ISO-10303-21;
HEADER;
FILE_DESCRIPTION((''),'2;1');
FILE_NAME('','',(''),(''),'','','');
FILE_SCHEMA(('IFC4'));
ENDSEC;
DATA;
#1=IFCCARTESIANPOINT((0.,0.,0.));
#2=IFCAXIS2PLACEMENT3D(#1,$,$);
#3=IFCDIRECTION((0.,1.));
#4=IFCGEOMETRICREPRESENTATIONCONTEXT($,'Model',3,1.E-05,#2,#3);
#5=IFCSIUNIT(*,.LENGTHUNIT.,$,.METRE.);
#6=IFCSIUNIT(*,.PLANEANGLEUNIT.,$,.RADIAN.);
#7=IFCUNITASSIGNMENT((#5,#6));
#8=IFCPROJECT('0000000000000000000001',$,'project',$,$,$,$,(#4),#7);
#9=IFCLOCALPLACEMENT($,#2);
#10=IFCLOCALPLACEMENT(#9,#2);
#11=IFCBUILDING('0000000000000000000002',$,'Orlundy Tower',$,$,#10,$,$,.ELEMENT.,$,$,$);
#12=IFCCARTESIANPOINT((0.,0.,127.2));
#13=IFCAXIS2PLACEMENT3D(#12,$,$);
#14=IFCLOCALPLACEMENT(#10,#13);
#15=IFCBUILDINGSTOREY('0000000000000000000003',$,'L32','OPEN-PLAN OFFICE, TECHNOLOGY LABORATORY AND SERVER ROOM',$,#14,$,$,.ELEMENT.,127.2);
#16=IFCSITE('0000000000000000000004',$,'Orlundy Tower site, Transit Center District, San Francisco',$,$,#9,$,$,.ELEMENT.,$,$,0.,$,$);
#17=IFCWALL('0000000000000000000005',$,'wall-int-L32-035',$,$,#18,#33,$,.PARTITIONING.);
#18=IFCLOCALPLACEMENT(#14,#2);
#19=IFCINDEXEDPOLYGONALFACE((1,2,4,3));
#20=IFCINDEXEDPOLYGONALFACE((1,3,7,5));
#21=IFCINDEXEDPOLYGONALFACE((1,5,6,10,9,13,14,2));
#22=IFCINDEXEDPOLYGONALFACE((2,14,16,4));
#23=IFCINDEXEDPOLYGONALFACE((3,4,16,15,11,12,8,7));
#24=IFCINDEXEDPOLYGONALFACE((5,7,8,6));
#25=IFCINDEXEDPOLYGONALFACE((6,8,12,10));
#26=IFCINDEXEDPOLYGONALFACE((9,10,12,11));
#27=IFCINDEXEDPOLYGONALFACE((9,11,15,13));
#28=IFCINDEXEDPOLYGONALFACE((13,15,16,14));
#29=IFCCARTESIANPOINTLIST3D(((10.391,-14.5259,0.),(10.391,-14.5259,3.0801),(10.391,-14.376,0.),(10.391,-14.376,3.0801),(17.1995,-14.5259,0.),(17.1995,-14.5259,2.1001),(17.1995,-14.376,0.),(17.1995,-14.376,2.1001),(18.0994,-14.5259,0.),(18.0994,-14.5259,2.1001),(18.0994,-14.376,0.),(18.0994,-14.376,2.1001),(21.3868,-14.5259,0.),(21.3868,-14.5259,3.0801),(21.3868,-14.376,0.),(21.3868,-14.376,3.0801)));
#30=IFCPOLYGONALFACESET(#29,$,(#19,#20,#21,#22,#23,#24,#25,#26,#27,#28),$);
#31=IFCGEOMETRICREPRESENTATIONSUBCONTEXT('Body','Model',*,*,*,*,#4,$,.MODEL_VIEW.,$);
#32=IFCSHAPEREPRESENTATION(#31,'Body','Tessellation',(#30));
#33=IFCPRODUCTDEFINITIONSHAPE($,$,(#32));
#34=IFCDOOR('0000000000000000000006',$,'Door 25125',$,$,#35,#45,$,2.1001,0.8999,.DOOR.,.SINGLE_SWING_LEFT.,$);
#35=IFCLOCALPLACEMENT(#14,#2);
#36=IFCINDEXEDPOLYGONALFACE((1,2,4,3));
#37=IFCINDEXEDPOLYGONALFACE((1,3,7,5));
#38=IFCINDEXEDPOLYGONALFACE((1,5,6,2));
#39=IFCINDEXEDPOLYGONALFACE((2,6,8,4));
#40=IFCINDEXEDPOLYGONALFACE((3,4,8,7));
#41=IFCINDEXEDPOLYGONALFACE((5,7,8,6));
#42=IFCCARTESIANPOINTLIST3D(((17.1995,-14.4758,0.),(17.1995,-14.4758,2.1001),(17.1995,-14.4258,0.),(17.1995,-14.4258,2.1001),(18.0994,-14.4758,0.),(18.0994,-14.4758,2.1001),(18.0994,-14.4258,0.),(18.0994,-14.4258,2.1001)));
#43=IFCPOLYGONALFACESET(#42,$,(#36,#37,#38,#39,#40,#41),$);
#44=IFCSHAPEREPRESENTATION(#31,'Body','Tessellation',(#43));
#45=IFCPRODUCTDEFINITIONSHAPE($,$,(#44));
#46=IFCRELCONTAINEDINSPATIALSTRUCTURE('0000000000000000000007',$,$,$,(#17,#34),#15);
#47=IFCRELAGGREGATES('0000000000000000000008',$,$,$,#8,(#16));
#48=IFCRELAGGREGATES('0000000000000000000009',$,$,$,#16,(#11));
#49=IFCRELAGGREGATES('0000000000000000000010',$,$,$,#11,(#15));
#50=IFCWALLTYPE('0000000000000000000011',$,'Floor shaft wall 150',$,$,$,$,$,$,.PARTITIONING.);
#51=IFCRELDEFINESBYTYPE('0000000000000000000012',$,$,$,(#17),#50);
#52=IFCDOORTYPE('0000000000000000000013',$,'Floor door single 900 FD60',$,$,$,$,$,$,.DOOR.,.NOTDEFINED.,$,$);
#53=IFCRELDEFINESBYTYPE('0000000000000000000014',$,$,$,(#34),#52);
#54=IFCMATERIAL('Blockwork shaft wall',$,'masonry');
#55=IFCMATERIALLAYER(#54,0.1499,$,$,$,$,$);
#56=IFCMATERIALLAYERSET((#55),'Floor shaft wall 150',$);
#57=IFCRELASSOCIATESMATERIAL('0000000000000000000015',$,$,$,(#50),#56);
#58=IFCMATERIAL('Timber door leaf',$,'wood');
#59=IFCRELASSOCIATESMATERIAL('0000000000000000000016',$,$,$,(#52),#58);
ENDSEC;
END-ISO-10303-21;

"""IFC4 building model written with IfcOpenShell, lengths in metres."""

from ifc_helpers import new_model, si_unit, direction, frame, frame_2d, origin, place, context, subcontext, project, spatial, rectangle, extrude, material, layer, layer_set, type_object, element, fill, save


model = new_model("IFC4")

# Units and contexts
model_context = context("Model", 3, precision=1e-05, world=origin(), true_north=direction((0.0, 1.0)))
body_context = subcontext(model_context, "Body", "Model", "MODEL_VIEW")
ifc_project = project(units=[si_unit("LENGTHUNIT", "METRE"), si_unit("PLANEANGLEUNIT", "RADIAN")], contexts=[model_context])

# Site, building, storey
site_placement = place(None, origin())
site = spatial("IfcSite", under=ifc_project, at=site_placement, Name="Orlundy Tower site, Transit Center District, San Francisco", CompositionType="ELEMENT", RefElevation=0.0)
building_placement = place(site_placement, origin())
building = spatial("IfcBuilding", under=site, at=building_placement, Name="Orlundy Tower", CompositionType="ELEMENT")
storey_placement = place(building_placement, frame((0.0, 0.0, 127.2)))
storey = spatial("IfcBuildingStorey", under=building, at=storey_placement, Name="L32", Description="OPEN-PLAN OFFICE, TECHNOLOGY LABORATORY AND SERVER ROOM", CompositionType="ELEMENT", Elevation=127.2)

# Wall, opening, door
ifc_material_1 = material(Name="Blockwork shaft wall", Category="masonry")
ifc_layer_1 = layer(ifc_material_1, 0.1499)
ifc_layer_set_1 = layer_set([ifc_layer_1], Name="Floor shaft wall 150")
wall_type_1 = type_object("IfcWallType", Name="Floor shaft wall 150", PredefinedType="PARTITIONING", material=ifc_layer_set_1)
wall_1_placement = place(storey_placement, frame((21.387, -14.4509, 0.0), z_axis=(0.0, 0.0, 1.0), x_axis=(-1.0, 0.0, 0.0)))
wall_1 = element("IfcWall", 1, at=wall_1_placement, inside=storey, type_object=wall_type_1, Name="wall-int-L32-035", PredefinedType="PARTITIONING", context=body_context, shape_type="SweptSolid", body=[
    extrude(rectangle(XDim=10.9958, YDim=0.1499, at=frame_2d((5.498, 0.0))), origin(), (0.0, 0.0, 1.0), 3.0801),
])
opening_placement = place(wall_1_placement, frame((3.2876, 0.0, 0.0)))
opening = element("IfcOpeningElement", 2, at=opening_placement, cuts=wall_1, PredefinedType="OPENING", context=body_context, shape_type="SweptSolid", body=[
    extrude(rectangle(XDim=0.8999, YDim=2.1001, at=frame_2d((0.45, 1.05))), frame((0.0, 0.085, 0.0), z_axis=(0.0, -1.0, 0.0), x_axis=(1.0, 0.0, 0.0)), (0.0, 0.0, 1.0), 0.1699),
])
ifc_material_2 = material(Name="Timber door leaf", Category="wood")
door_type = type_object("IfcDoorType", Name="Floor door single 900 FD60", OperationType="NOTDEFINED", PredefinedType="DOOR", material=ifc_material_2)
door_placement = place(opening_placement, origin())
door = element("IfcDoor", 3, at=door_placement, inside=storey, type_object=door_type, Name="Door 25125", OperationType="SINGLE_SWING_LEFT", OverallHeight=2.1001, OverallWidth=0.8999, PredefinedType="DOOR", context=body_context, shape_type="SweptSolid", body=[
    extrude(rectangle(XDim=0.8999, YDim=2.1001, at=frame_2d((0.45, 1.05))), frame((0.0, 0.0249, 0.0), z_axis=(0.0, -1.0, 0.0), x_axis=(1.0, 0.0, 0.0)), (0.0, 0.0, 1.0), 0.05),
])
fill(opening, door)

save(model, "model.ifc")
